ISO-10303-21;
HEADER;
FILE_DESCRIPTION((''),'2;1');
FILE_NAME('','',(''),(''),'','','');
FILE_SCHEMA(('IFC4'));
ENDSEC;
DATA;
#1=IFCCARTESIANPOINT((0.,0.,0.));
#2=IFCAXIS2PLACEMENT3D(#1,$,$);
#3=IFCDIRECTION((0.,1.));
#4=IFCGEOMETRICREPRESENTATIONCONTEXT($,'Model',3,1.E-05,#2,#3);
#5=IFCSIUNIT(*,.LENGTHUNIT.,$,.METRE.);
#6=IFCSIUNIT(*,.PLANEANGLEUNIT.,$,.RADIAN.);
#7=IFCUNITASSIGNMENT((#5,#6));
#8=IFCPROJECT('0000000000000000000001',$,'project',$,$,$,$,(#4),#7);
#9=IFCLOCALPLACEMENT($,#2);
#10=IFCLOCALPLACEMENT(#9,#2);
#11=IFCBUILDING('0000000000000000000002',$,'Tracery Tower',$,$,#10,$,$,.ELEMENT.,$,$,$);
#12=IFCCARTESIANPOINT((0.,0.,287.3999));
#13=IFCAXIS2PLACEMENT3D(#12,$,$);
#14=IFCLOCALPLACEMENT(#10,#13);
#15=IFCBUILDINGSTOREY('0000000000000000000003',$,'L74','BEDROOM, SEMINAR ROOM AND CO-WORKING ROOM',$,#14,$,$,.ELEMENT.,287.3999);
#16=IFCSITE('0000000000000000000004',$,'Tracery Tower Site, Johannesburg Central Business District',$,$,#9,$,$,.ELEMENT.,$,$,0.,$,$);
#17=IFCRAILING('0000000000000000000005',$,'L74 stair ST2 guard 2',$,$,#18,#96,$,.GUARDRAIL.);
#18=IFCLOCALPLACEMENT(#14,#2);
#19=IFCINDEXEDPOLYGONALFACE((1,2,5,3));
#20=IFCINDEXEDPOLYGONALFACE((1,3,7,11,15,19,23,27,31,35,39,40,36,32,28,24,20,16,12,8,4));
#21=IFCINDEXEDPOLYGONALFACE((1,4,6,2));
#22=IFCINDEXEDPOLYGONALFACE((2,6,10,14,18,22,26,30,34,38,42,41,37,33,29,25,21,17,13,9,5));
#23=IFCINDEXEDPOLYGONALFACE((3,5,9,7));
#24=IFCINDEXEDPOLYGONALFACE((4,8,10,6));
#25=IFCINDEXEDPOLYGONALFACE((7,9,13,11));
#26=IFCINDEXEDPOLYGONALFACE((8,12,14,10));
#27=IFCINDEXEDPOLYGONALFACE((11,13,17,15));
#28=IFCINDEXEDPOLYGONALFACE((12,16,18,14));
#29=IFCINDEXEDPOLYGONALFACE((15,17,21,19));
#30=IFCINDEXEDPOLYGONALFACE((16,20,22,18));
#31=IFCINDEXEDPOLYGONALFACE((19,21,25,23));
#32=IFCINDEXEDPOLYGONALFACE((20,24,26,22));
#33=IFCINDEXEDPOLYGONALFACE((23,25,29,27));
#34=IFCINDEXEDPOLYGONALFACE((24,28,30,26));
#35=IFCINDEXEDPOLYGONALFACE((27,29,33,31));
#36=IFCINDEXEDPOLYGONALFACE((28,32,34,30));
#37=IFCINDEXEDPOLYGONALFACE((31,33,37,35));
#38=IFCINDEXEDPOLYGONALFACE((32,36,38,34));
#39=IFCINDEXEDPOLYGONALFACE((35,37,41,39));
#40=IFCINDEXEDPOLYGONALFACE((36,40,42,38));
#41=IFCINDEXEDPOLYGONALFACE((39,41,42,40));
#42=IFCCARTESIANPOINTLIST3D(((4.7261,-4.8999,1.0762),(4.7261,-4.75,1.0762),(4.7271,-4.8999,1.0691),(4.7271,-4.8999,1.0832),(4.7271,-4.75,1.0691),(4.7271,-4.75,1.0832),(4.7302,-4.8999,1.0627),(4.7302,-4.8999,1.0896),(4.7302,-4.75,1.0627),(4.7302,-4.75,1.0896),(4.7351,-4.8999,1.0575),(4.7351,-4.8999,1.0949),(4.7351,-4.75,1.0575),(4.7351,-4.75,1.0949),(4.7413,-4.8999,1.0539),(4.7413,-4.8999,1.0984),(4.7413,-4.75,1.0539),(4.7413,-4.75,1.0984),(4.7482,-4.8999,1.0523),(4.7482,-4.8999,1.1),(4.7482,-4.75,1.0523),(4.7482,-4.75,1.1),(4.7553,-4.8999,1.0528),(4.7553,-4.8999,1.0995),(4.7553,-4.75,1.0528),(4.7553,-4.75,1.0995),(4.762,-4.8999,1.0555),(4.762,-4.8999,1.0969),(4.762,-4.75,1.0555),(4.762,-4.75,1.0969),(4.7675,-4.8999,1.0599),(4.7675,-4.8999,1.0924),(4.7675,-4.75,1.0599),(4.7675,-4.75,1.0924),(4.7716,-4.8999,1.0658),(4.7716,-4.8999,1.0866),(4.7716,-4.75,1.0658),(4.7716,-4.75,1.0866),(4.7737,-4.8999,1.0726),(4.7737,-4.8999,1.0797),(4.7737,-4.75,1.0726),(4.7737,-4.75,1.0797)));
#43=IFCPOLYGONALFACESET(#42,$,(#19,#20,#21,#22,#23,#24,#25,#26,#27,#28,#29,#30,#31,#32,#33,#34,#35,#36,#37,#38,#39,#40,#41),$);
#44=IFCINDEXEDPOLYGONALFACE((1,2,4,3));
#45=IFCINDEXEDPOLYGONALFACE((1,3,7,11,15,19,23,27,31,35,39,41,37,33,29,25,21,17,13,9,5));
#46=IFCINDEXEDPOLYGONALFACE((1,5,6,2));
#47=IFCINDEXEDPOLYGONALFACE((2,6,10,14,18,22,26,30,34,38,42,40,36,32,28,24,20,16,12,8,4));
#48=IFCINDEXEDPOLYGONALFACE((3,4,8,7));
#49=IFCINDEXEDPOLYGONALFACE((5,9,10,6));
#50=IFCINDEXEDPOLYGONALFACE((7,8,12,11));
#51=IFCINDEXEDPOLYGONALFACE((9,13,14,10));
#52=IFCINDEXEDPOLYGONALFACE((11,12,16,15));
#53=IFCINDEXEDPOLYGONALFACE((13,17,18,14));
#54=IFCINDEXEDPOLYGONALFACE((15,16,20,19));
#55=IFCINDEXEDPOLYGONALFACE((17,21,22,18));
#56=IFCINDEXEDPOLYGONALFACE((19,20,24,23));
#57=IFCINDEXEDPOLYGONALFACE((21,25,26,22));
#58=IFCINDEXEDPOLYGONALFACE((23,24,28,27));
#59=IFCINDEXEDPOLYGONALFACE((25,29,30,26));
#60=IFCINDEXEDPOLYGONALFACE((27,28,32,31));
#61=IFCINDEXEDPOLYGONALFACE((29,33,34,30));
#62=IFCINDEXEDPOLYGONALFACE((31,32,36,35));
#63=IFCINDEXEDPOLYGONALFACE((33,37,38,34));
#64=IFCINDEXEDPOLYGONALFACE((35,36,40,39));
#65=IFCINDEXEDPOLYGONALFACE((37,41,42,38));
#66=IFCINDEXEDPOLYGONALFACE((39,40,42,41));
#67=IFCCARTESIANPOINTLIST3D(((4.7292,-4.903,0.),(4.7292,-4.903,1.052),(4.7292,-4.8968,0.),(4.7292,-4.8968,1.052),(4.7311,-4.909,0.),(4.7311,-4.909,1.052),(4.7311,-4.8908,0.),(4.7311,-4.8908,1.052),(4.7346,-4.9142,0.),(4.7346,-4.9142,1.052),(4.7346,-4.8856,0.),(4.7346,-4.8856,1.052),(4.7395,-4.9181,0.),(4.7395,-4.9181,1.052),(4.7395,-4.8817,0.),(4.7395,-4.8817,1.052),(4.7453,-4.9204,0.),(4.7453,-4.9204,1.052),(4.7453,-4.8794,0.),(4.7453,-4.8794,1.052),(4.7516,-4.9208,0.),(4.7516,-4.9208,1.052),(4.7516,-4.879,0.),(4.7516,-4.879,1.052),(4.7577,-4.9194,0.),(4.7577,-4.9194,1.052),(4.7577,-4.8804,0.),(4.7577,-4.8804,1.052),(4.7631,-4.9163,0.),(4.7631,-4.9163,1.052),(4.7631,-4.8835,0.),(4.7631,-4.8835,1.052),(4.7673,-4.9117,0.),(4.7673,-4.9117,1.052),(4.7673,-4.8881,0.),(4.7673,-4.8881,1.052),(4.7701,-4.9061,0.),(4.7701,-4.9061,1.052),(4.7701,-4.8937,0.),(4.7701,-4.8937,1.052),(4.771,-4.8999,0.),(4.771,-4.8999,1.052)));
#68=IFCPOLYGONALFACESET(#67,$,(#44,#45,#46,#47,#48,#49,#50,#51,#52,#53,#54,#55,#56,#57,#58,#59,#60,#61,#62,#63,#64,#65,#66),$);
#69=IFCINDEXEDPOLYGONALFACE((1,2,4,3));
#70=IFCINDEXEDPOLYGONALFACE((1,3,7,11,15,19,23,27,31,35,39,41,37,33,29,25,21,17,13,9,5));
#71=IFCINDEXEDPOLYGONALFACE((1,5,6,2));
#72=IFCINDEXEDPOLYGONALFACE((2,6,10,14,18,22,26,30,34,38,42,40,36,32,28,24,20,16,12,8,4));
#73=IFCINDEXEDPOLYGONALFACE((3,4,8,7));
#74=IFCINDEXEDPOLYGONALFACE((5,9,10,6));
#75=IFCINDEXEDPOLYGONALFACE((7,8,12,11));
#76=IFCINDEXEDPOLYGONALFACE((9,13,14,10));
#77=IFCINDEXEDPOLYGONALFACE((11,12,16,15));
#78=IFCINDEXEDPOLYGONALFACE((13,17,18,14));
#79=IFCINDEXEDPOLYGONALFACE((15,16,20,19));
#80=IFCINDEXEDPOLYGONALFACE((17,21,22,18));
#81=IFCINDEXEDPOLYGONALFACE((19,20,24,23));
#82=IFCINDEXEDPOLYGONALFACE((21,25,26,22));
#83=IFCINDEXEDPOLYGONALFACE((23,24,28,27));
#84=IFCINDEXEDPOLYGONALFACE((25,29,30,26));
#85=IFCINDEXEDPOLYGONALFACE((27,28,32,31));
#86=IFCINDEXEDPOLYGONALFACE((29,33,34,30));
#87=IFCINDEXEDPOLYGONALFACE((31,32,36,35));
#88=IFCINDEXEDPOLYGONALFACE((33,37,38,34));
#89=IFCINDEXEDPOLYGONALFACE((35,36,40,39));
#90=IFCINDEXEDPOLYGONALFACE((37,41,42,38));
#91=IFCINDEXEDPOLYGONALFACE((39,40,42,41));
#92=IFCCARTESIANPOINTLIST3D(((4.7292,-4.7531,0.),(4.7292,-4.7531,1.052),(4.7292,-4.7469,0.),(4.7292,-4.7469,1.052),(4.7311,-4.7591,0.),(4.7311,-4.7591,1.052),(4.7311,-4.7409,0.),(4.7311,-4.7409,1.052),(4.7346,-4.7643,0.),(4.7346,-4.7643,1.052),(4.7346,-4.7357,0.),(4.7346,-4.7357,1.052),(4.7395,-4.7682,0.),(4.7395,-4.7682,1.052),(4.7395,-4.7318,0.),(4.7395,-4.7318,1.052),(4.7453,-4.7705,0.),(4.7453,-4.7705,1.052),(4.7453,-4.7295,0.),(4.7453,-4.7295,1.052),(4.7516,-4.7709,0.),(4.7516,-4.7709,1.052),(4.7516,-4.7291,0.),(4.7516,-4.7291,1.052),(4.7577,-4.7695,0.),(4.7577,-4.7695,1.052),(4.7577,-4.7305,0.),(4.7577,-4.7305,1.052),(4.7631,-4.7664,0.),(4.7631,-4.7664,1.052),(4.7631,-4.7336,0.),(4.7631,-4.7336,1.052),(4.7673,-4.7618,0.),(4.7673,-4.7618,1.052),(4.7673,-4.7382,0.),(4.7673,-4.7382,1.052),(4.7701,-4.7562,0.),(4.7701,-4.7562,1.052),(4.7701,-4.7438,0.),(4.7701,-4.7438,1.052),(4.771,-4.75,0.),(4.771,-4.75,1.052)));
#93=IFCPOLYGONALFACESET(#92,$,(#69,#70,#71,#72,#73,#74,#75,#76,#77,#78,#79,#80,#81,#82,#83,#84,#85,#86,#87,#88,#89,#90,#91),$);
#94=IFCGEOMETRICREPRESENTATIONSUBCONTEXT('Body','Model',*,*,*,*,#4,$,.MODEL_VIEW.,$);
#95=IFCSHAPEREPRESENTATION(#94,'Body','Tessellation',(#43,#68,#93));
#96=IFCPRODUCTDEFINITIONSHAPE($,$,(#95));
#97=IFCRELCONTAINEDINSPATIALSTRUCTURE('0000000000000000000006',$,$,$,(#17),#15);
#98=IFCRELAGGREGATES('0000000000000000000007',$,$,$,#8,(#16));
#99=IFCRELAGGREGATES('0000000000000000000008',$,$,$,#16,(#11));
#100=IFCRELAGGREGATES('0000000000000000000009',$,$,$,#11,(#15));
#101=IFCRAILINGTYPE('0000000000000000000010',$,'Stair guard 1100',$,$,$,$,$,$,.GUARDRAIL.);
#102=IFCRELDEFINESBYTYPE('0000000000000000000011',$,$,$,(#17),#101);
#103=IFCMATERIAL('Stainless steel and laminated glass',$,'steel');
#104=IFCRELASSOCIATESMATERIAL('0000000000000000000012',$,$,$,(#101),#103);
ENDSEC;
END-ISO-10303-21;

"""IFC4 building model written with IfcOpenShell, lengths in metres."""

from ifc_helpers import new_model, si_unit, direction, frame, origin, origin_2d, place, context, subcontext, project, spatial, circle, extrude, material, type_object, element, save


model = new_model("IFC4")

# Units and contexts
model_context = context("Model", 3, precision=1e-05, world=origin(), true_north=direction((0.0, 1.0)))
body_context = subcontext(model_context, "Body", "Model", "MODEL_VIEW")
ifc_project = project(units=[si_unit("LENGTHUNIT", "METRE"), si_unit("PLANEANGLEUNIT", "RADIAN")], contexts=[model_context])

# Site, building, storey
site_placement = place(None, origin())
site = spatial("IfcSite", under=ifc_project, at=site_placement, Name="Tracery Tower Site, Johannesburg Central Business District", CompositionType="ELEMENT", RefElevation=0.0)
building_placement = place(site_placement, origin())
building = spatial("IfcBuilding", under=site, at=building_placement, Name="Tracery Tower", CompositionType="ELEMENT")
storey_placement = place(building_placement, frame((0.0, 0.0, 287.3999)))
storey = spatial("IfcBuildingStorey", under=building, at=storey_placement, Name="L74", Description="BEDROOM, SEMINAR ROOM AND CO-WORKING ROOM", CompositionType="ELEMENT", Elevation=287.3999)

# Railing
ifc_material_1 = material(Name="Stainless steel and laminated glass", Category="steel")
railing_type_1 = type_object("IfcRailingType", Name="Stair guard 1100", PredefinedType="GUARDRAIL", material=ifc_material_1)
railing_1_placement = place(storey_placement, frame((4.75, -4.8999, 0.0)))
element("IfcRailing", 1, at=railing_1_placement, inside=storey, type_object=railing_type_1, Name="L74 stair ST2 guard 2", PredefinedType="GUARDRAIL", context=body_context, shape_type="SweptSolid", body=[
    extrude(circle(Radius=0.0239, at=origin_2d()), frame((0.0, 0.0, 1.0762), z_axis=(0.0, 1.0, 0.0), x_axis=(-1.0, 0.0, 0.0)), (0.0, 0.0, 1.0), 0.1499),
    extrude(circle(Radius=0.021, at=origin_2d()), origin(), (0.0, 0.0, 1.0), 1.052),
    extrude(circle(Radius=0.021, at=origin_2d()), frame((0.0, 0.1499, 0.0)), (0.0, 0.0, 1.0), 1.052),
])

save(model, "model.ifc")
